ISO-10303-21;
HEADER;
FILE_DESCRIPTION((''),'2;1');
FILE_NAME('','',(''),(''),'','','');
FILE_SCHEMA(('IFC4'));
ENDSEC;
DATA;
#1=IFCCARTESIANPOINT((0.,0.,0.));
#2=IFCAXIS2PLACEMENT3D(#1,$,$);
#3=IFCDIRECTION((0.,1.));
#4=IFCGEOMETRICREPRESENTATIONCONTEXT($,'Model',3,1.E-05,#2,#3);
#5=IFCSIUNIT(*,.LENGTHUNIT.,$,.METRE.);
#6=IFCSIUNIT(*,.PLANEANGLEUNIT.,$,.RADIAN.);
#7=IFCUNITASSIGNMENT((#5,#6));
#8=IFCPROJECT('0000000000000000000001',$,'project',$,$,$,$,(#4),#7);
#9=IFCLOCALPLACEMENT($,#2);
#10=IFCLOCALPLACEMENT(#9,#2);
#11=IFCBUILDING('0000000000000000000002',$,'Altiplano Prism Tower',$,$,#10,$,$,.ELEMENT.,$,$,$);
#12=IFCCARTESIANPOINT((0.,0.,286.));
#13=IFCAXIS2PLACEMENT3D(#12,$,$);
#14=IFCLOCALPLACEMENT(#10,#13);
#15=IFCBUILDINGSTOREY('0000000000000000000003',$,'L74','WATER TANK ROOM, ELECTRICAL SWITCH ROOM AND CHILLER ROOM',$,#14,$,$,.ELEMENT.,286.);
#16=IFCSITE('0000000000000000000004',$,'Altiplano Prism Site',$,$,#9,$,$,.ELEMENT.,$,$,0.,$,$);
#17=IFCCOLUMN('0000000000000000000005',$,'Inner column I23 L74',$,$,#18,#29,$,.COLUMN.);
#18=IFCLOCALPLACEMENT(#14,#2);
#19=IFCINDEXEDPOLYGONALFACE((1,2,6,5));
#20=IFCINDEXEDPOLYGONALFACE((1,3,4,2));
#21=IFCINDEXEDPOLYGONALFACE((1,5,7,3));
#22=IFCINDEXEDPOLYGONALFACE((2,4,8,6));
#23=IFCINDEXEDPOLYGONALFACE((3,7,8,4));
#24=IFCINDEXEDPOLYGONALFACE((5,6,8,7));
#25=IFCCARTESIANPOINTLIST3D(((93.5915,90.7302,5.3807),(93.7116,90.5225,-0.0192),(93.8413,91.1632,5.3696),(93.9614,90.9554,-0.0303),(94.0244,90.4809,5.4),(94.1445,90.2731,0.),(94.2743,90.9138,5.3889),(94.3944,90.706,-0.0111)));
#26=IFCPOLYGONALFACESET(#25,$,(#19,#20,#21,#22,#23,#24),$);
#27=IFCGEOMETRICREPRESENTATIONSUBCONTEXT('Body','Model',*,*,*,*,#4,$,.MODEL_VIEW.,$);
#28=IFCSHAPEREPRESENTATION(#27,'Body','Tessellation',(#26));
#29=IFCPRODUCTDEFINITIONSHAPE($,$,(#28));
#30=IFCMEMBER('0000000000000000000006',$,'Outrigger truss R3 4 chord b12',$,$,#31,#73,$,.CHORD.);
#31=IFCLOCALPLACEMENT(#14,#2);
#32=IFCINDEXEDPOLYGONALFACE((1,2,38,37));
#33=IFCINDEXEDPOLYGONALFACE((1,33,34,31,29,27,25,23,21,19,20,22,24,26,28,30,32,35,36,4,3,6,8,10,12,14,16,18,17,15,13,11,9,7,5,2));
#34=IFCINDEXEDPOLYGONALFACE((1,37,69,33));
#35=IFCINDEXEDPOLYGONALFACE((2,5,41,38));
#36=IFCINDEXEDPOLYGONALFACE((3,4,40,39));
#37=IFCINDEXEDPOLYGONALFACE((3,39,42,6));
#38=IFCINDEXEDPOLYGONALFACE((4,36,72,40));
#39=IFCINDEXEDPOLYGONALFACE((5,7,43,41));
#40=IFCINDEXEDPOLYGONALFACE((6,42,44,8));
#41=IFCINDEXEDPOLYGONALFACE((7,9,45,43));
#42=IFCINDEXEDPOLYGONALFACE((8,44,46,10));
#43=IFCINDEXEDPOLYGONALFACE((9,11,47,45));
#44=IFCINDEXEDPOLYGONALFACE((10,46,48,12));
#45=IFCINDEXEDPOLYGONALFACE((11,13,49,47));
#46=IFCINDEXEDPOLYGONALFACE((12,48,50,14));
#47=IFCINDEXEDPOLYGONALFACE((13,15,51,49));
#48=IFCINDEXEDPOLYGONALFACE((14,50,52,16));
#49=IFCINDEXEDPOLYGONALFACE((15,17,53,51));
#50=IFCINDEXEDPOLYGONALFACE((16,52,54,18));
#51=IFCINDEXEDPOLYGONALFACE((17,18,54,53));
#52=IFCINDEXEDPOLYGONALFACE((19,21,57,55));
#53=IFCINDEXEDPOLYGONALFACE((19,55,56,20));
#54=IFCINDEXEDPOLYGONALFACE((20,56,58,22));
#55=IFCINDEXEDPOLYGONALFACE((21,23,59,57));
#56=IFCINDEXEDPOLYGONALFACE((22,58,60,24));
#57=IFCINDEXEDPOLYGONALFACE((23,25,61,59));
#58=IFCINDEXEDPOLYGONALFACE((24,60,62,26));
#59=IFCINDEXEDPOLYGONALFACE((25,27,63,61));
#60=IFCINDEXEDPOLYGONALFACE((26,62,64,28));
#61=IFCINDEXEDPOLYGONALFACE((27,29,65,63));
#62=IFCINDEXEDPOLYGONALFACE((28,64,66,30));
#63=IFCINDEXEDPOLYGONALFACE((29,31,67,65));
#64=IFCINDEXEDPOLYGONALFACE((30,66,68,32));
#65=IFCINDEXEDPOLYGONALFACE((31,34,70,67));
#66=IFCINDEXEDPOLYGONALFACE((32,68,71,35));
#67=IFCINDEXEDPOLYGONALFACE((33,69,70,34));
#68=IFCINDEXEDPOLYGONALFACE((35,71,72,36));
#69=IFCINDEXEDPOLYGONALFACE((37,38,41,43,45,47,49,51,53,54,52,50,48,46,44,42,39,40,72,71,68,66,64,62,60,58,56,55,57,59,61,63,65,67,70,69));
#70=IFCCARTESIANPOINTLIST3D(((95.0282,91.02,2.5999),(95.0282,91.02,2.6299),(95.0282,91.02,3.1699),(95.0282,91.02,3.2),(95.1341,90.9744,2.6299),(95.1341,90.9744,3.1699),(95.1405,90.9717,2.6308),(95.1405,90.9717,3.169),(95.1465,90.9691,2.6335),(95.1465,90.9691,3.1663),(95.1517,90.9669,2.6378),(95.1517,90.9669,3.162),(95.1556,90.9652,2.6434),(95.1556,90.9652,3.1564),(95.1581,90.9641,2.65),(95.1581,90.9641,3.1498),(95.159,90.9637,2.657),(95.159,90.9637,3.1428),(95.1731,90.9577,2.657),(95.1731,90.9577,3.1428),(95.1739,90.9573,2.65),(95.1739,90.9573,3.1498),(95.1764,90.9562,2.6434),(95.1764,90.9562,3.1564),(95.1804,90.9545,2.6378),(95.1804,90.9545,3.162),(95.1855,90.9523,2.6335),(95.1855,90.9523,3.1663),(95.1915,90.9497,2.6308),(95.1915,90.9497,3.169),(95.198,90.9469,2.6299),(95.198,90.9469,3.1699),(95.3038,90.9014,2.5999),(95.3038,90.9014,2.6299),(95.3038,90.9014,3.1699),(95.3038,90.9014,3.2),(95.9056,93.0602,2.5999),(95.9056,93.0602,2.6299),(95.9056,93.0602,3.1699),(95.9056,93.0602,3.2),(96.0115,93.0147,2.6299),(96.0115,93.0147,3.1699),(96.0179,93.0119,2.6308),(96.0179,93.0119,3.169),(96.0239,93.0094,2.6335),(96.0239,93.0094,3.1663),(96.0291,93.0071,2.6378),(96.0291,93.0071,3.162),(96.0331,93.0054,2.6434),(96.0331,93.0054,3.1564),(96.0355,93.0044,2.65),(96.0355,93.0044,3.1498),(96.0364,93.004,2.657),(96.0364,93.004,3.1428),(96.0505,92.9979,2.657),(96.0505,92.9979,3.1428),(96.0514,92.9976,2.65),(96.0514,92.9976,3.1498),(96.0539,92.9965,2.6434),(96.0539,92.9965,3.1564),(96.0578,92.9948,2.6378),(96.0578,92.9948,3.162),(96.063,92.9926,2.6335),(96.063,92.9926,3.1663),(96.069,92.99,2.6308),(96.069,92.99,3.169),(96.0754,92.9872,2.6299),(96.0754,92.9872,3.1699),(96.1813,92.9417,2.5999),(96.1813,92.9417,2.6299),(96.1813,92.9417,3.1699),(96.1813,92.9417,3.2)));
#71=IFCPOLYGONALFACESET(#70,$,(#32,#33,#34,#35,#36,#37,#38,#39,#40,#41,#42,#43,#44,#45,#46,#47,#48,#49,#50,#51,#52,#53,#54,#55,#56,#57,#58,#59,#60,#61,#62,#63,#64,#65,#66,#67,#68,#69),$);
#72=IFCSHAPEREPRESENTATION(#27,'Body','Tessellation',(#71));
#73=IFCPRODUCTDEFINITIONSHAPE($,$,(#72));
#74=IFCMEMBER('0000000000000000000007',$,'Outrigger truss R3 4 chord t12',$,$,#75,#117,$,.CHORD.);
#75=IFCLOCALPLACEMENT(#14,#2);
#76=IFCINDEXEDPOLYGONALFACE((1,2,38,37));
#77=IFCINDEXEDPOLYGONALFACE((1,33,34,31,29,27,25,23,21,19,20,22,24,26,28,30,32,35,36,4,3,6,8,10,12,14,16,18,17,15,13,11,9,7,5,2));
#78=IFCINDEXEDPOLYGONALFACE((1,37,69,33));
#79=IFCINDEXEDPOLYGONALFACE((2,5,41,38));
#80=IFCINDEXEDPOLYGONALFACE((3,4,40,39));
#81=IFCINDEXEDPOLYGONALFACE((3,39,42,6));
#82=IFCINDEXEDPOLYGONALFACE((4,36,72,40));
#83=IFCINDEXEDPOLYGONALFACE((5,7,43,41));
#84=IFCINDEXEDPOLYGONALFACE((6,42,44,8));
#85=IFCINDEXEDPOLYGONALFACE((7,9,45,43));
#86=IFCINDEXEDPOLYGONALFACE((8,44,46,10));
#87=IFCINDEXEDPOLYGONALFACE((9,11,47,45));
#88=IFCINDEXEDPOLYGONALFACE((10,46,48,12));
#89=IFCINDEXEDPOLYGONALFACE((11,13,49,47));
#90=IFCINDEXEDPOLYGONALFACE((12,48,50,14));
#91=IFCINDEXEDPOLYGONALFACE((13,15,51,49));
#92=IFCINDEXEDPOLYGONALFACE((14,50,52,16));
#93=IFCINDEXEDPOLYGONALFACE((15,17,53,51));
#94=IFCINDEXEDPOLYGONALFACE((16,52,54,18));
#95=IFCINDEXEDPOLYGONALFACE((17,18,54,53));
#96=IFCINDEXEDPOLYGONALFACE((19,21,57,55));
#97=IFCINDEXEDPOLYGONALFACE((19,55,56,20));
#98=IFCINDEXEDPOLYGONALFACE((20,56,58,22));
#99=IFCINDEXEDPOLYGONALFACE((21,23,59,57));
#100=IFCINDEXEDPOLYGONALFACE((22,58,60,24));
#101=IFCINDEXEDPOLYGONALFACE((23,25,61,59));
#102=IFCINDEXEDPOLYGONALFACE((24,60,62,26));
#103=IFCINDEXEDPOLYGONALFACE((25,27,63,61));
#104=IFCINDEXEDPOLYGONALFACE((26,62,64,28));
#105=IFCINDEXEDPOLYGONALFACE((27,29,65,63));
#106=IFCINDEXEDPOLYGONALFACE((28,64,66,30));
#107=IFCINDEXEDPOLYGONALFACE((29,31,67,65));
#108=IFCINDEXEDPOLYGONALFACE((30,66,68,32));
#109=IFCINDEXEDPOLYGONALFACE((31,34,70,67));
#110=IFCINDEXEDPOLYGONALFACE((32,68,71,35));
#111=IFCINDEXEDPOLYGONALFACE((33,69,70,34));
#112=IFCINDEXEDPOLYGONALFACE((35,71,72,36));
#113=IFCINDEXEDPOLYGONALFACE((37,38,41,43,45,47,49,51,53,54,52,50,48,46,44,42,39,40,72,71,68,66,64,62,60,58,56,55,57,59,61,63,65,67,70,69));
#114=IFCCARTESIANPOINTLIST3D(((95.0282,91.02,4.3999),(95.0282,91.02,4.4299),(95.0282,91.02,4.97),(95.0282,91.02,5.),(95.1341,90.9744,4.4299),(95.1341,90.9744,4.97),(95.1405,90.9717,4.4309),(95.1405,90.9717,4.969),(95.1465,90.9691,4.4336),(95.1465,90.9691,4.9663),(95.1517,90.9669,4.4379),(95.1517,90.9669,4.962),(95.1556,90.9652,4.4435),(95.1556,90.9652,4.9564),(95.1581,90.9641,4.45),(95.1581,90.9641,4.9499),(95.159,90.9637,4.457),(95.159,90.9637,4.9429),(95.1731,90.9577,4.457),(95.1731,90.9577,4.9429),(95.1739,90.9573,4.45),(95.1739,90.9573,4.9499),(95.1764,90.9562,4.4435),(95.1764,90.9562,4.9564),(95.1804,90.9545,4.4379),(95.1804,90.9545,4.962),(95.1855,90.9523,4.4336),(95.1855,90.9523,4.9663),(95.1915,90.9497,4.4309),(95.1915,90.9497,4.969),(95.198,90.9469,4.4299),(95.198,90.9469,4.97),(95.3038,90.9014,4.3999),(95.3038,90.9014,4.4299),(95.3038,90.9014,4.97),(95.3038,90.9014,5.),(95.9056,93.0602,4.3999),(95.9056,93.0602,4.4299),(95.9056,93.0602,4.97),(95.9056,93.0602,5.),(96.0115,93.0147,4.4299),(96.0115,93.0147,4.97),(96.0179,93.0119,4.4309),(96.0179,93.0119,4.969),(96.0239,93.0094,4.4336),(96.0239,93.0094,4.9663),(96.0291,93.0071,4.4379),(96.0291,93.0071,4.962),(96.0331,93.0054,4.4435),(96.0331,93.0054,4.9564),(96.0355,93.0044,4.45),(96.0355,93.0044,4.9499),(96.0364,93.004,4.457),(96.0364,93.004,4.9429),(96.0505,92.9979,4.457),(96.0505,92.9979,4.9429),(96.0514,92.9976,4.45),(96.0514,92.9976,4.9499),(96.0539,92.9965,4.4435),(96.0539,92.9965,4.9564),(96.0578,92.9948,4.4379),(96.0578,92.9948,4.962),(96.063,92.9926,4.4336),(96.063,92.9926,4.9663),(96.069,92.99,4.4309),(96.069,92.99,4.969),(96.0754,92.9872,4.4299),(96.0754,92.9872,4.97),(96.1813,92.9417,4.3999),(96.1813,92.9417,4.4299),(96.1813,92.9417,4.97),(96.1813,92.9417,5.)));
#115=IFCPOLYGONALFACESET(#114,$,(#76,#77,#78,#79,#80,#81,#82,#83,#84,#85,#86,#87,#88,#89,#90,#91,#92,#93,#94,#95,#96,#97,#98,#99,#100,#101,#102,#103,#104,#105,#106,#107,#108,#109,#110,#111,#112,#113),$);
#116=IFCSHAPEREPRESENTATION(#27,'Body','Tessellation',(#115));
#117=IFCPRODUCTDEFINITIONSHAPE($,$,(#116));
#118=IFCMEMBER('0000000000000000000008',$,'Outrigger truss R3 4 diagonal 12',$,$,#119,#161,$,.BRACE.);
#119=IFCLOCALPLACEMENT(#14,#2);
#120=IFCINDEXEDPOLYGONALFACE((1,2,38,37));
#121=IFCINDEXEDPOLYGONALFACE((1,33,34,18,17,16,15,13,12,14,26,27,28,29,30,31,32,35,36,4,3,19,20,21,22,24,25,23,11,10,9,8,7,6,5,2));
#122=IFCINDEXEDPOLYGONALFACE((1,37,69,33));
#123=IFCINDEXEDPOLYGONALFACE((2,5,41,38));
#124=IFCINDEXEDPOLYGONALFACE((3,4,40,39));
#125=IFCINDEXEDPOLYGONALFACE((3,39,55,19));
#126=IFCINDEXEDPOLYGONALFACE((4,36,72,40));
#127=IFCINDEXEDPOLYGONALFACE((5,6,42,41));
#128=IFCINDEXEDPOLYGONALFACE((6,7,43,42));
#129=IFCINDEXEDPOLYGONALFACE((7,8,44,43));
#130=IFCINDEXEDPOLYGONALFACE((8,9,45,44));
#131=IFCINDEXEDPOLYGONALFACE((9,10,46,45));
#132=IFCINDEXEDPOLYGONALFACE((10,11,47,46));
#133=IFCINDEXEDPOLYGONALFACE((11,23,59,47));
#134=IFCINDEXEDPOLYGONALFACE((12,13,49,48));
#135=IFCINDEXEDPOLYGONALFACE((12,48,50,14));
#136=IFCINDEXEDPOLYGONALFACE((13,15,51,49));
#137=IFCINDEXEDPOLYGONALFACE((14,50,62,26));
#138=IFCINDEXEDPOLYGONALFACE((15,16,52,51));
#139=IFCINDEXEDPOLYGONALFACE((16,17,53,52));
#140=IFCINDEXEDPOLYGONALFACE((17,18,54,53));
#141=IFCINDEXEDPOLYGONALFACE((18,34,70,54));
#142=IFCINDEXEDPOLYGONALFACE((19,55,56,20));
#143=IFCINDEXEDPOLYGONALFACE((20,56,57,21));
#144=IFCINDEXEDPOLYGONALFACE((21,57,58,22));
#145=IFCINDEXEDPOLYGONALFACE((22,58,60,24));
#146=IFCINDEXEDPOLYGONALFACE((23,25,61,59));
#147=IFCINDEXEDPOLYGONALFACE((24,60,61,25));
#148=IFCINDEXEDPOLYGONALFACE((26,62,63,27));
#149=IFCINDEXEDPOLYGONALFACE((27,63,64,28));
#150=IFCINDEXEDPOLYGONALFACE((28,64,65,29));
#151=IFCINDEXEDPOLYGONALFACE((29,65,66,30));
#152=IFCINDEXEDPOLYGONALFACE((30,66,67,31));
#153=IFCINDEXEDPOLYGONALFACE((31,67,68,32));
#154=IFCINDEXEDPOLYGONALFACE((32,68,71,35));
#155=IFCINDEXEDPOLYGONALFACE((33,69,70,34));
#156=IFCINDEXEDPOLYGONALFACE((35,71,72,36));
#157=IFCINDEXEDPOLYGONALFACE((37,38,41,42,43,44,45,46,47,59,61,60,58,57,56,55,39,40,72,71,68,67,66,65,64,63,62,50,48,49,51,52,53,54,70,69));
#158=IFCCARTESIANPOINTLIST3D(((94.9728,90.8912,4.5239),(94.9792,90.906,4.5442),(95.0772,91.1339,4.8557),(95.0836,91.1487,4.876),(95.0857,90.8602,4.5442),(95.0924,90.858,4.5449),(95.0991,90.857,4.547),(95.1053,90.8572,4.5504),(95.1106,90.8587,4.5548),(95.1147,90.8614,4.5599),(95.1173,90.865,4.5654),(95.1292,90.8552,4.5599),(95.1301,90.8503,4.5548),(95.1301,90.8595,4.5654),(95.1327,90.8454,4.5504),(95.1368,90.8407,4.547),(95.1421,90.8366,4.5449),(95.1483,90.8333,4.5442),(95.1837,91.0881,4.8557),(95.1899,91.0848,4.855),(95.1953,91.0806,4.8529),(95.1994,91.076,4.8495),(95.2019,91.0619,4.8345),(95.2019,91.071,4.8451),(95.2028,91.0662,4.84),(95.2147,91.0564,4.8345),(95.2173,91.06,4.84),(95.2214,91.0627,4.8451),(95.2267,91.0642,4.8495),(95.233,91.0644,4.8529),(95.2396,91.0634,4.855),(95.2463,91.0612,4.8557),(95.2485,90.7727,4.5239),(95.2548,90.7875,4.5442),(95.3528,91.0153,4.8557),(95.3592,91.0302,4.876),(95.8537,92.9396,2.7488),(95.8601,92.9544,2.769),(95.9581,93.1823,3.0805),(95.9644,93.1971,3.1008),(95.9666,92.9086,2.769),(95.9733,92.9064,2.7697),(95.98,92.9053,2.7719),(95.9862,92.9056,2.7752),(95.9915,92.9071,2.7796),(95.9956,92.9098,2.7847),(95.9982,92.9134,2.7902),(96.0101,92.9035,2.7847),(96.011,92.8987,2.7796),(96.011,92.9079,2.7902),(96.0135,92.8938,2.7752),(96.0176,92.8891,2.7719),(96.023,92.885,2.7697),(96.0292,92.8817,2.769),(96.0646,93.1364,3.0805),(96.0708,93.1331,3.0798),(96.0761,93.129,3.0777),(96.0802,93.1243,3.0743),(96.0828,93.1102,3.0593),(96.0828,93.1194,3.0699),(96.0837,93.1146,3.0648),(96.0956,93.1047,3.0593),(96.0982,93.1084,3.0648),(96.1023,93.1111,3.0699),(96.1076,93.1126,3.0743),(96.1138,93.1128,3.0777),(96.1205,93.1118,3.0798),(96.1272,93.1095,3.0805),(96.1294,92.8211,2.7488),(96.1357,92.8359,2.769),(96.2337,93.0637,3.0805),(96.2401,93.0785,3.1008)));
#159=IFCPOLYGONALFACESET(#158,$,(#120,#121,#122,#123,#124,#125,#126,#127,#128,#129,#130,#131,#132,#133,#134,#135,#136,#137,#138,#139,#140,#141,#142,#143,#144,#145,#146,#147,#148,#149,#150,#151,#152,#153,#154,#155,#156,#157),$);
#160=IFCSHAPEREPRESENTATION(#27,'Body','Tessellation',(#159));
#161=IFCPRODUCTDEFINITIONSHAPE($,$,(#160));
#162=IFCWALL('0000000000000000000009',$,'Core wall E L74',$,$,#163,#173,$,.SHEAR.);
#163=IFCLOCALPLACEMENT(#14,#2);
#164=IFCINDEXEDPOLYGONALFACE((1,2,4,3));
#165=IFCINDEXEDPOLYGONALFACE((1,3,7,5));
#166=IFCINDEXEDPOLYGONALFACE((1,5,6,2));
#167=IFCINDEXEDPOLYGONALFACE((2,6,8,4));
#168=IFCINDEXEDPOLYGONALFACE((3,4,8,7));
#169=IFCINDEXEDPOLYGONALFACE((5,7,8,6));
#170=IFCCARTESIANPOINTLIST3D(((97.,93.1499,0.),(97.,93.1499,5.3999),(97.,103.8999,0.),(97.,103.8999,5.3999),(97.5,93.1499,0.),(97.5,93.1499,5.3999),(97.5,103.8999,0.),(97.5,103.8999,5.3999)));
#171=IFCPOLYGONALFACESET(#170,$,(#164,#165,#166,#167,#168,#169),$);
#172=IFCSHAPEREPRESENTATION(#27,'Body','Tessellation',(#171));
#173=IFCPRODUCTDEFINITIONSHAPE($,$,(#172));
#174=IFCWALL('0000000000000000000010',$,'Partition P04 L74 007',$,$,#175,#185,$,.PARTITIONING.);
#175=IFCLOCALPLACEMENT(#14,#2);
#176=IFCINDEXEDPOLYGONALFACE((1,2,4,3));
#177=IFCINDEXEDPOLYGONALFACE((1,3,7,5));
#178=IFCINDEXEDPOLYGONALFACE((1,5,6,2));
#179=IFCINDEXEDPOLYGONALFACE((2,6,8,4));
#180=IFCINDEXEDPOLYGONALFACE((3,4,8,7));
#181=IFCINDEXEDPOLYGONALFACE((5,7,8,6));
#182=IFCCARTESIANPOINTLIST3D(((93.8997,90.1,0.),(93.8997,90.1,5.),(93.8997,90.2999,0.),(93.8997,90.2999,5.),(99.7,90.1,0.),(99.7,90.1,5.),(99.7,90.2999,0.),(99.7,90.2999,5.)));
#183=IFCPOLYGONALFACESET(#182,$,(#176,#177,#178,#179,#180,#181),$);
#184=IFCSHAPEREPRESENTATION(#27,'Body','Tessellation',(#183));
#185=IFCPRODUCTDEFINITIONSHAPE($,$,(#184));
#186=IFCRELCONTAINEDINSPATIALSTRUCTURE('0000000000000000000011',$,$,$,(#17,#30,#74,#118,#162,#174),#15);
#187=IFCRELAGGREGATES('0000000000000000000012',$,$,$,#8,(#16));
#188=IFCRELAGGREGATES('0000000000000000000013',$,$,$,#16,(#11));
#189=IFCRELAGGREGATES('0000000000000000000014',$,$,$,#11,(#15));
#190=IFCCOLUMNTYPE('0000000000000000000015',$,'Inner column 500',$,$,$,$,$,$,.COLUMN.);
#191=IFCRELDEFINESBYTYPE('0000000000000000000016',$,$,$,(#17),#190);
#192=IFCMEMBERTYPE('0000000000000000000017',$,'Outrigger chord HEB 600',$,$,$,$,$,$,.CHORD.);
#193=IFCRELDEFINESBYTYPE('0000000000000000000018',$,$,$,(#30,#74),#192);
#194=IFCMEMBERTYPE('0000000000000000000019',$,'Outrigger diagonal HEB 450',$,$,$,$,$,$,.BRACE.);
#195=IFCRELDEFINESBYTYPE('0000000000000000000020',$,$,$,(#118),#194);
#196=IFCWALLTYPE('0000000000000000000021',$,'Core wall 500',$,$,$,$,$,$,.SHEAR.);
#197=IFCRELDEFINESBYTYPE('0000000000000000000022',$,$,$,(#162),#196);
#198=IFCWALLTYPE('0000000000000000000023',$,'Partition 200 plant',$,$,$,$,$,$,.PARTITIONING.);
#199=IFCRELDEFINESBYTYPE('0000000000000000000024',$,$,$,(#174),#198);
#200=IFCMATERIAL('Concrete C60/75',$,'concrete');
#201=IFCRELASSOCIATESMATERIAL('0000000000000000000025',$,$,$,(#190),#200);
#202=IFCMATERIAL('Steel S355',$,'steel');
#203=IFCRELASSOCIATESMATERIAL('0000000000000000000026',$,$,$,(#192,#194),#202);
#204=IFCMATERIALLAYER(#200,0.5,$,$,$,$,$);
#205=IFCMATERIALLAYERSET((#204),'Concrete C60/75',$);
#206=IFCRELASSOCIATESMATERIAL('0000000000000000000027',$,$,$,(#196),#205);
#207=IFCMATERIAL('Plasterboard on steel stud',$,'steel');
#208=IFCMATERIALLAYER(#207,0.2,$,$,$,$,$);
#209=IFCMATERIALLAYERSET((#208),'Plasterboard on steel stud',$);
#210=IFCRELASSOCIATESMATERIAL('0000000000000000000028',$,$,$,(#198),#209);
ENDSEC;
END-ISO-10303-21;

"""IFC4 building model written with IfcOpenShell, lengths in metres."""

from ifc_helpers import new_model, si_unit, direction, frame, frame_2d, origin, origin_2d, place, context, subcontext, project, spatial, rectangle, i_section, extrude, material, layer, layer_set, material_profile, profile_set, type_object, element, save


model = new_model("IFC4")

# Units and contexts
model_context = context("Model", 3, precision=1e-05, world=origin(), true_north=direction((0.0, 1.0)))
body_context = subcontext(model_context, "Body", "Model", "MODEL_VIEW")
ifc_project = project(units=[si_unit("LENGTHUNIT", "METRE"), si_unit("PLANEANGLEUNIT", "RADIAN")], contexts=[model_context])

# Site, building, storey
site_placement = place(None, origin())
site = spatial("IfcSite", under=ifc_project, at=site_placement, Name="Altiplano Prism Site", CompositionType="ELEMENT", RefElevation=0.0)
building_placement = place(site_placement, origin())
building = spatial("IfcBuilding", under=site, at=building_placement, Name="Altiplano Prism Tower", CompositionType="ELEMENT")
storey_placement = place(building_placement, frame((0.0, 0.0, 286.0)))
storey = spatial("IfcBuildingStorey", under=building, at=storey_placement, Name="L74", Description="WATER TANK ROOM, ELECTRICAL SWITCH ROOM AND CHILLER ROOM", CompositionType="ELEMENT", Elevation=286.0)

# Column
ifc_material_1 = material(Name="Concrete C60/75", Category="concrete")
ifc_material_profile_1 = material_profile(ifc_material_1, rectangle(XDim=0.5, YDim=0.5, at=origin_2d()), Name="Inner column 500")
ifc_profile_set_1 = profile_set([ifc_material_profile_1], Name="Concrete C60/75")
column_type = type_object("IfcColumnType", Name="Inner column 500", PredefinedType="COLUMN", material=ifc_profile_set_1)
column_placement = place(storey_placement, frame((94.053, 90.6143, -0.0151), z_axis=(-0.022222, 0.038438, 0.999014), x_axis=(-0.499735, -0.865894, 0.022199)))
element("IfcColumn", 1, at=column_placement, inside=storey, type_object=column_type, Name="Inner column I23 L74", PredefinedType="COLUMN", context=body_context, shape_type="SweptSolid", body=[
    extrude(rectangle(XDim=0.5, YDim=0.5, at=origin_2d()), origin(), (0.0, 0.0, 1.0), 5.4053),
])

# Members
ifc_material_2 = material(Name="Steel S355", Category="steel")
ifc_material_profile_2 = material_profile(ifc_material_2, i_section(OverallWidth=0.3, OverallDepth=0.6001, WebThickness=0.0154, FlangeThickness=0.03, FilletRadius=0.0271, at=origin_2d()), Name="Outrigger chord HEB 600")
ifc_profile_set_2 = profile_set([ifc_material_profile_2], Name="Steel S355")
member_type_1 = type_object("IfcMemberType", Name="Outrigger chord HEB 600", PredefinedType="CHORD", material=ifc_profile_set_2)
for number, where, z_axis, x_axis, name in (
    (2, (95.166, 90.9607, 2.8999), (0.395073, 0.91865, 0.0), (-0.91865, 0.395073, 0.0), "Outrigger truss R3 4 chord b12"),
    (3, (95.166, 90.9607, 4.7), (0.395073, 0.91865, 0.0), (-0.91865, 0.395073, 0.0), "Outrigger truss R3 4 chord t12"),
):
    element("IfcMember", number, at=place(storey_placement, frame(where, z_axis=z_axis, x_axis=x_axis)), inside=storey, type_object=member_type_1, Name=name, PredefinedType="CHORD", context=body_context, shape_type="SweptSolid", body=[
        extrude(i_section(OverallWidth=0.3, OverallDepth=0.6001, WebThickness=0.0154, FlangeThickness=0.03, FilletRadius=0.0271, at=origin_2d()), origin(), (0.0, 0.0, 1.0), 2.2209),
    ])
ifc_material_profile_3 = material_profile(ifc_material_2, i_section(OverallWidth=0.3, OverallDepth=0.45, WebThickness=0.0139, FlangeThickness=0.0259, FilletRadius=0.0271, at=origin_2d()), Name="Outrigger diagonal HEB 450")
ifc_profile_set_3 = profile_set([ifc_material_profile_3], Name="Steel S355")
member_type_2 = type_object("IfcMemberType", Name="Outrigger diagonal HEB 450", PredefinedType="BRACE", material=ifc_profile_set_3)
member_placement = place(storey_placement, frame((95.166, 90.9607, 4.7), z_axis=(0.309069, 0.718704, -0.622849), x_axis=(-0.918657, 0.395055, 0.0)))
element("IfcMember", 4, at=member_placement, inside=storey, type_object=member_type_2, Name="Outrigger truss R3 4 diagonal 12", PredefinedType="BRACE", context=body_context, shape_type="SweptSolid", body=[
    extrude(i_section(OverallWidth=0.3, OverallDepth=0.45, WebThickness=0.0139, FlangeThickness=0.0259, FilletRadius=0.0271, at=origin_2d()), origin(), (0.0, 0.0, 1.0), 2.8501),
])

# Walls
ifc_layer_1 = layer(ifc_material_1, 0.5)
ifc_layer_set_1 = layer_set([ifc_layer_1], Name="Concrete C60/75")
wall_type_1 = type_object("IfcWallType", Name="Core wall 500", PredefinedType="SHEAR", material=ifc_layer_set_1)
wall_1_placement = place(storey_placement, frame((97.25, 93.1499, 0.0), z_axis=(0.0, 0.0, 1.0), x_axis=(0.0, 1.0, 0.0)))
element("IfcWall", 5, at=wall_1_placement, inside=storey, type_object=wall_type_1, Name="Core wall E L74", PredefinedType="SHEAR", context=body_context, shape_type="SweptSolid", body=[
    extrude(rectangle(XDim=10.75, YDim=0.5, at=frame_2d((5.375, 0.0))), origin(), (0.0, 0.0, 1.0), 5.3999),
])
ifc_material_3 = material(Name="Plasterboard on steel stud", Category="steel")
ifc_layer_2 = layer(ifc_material_3, 0.2)
ifc_layer_set_2 = layer_set([ifc_layer_2], Name="Plasterboard on steel stud")
wall_type_2 = type_object("IfcWallType", Name="Partition 200 plant", PredefinedType="PARTITIONING", material=ifc_layer_set_2)
wall_2_placement = place(storey_placement, frame((93.8997, 90.2, 0.0), z_axis=(0.0, 0.0, 1.0), x_axis=(1.0, 0.0, 0.0)))
element("IfcWall", 6, at=wall_2_placement, inside=storey, type_object=wall_type_2, Name="Partition P04 L74 007", PredefinedType="PARTITIONING", context=body_context, shape_type="SweptSolid", body=[
    extrude(rectangle(XDim=5.8003, YDim=0.2, at=frame_2d((2.9001, 0.0))), origin(), (0.0, 0.0, 1.0), 5.0),
])

save(model, "model.ifc")
